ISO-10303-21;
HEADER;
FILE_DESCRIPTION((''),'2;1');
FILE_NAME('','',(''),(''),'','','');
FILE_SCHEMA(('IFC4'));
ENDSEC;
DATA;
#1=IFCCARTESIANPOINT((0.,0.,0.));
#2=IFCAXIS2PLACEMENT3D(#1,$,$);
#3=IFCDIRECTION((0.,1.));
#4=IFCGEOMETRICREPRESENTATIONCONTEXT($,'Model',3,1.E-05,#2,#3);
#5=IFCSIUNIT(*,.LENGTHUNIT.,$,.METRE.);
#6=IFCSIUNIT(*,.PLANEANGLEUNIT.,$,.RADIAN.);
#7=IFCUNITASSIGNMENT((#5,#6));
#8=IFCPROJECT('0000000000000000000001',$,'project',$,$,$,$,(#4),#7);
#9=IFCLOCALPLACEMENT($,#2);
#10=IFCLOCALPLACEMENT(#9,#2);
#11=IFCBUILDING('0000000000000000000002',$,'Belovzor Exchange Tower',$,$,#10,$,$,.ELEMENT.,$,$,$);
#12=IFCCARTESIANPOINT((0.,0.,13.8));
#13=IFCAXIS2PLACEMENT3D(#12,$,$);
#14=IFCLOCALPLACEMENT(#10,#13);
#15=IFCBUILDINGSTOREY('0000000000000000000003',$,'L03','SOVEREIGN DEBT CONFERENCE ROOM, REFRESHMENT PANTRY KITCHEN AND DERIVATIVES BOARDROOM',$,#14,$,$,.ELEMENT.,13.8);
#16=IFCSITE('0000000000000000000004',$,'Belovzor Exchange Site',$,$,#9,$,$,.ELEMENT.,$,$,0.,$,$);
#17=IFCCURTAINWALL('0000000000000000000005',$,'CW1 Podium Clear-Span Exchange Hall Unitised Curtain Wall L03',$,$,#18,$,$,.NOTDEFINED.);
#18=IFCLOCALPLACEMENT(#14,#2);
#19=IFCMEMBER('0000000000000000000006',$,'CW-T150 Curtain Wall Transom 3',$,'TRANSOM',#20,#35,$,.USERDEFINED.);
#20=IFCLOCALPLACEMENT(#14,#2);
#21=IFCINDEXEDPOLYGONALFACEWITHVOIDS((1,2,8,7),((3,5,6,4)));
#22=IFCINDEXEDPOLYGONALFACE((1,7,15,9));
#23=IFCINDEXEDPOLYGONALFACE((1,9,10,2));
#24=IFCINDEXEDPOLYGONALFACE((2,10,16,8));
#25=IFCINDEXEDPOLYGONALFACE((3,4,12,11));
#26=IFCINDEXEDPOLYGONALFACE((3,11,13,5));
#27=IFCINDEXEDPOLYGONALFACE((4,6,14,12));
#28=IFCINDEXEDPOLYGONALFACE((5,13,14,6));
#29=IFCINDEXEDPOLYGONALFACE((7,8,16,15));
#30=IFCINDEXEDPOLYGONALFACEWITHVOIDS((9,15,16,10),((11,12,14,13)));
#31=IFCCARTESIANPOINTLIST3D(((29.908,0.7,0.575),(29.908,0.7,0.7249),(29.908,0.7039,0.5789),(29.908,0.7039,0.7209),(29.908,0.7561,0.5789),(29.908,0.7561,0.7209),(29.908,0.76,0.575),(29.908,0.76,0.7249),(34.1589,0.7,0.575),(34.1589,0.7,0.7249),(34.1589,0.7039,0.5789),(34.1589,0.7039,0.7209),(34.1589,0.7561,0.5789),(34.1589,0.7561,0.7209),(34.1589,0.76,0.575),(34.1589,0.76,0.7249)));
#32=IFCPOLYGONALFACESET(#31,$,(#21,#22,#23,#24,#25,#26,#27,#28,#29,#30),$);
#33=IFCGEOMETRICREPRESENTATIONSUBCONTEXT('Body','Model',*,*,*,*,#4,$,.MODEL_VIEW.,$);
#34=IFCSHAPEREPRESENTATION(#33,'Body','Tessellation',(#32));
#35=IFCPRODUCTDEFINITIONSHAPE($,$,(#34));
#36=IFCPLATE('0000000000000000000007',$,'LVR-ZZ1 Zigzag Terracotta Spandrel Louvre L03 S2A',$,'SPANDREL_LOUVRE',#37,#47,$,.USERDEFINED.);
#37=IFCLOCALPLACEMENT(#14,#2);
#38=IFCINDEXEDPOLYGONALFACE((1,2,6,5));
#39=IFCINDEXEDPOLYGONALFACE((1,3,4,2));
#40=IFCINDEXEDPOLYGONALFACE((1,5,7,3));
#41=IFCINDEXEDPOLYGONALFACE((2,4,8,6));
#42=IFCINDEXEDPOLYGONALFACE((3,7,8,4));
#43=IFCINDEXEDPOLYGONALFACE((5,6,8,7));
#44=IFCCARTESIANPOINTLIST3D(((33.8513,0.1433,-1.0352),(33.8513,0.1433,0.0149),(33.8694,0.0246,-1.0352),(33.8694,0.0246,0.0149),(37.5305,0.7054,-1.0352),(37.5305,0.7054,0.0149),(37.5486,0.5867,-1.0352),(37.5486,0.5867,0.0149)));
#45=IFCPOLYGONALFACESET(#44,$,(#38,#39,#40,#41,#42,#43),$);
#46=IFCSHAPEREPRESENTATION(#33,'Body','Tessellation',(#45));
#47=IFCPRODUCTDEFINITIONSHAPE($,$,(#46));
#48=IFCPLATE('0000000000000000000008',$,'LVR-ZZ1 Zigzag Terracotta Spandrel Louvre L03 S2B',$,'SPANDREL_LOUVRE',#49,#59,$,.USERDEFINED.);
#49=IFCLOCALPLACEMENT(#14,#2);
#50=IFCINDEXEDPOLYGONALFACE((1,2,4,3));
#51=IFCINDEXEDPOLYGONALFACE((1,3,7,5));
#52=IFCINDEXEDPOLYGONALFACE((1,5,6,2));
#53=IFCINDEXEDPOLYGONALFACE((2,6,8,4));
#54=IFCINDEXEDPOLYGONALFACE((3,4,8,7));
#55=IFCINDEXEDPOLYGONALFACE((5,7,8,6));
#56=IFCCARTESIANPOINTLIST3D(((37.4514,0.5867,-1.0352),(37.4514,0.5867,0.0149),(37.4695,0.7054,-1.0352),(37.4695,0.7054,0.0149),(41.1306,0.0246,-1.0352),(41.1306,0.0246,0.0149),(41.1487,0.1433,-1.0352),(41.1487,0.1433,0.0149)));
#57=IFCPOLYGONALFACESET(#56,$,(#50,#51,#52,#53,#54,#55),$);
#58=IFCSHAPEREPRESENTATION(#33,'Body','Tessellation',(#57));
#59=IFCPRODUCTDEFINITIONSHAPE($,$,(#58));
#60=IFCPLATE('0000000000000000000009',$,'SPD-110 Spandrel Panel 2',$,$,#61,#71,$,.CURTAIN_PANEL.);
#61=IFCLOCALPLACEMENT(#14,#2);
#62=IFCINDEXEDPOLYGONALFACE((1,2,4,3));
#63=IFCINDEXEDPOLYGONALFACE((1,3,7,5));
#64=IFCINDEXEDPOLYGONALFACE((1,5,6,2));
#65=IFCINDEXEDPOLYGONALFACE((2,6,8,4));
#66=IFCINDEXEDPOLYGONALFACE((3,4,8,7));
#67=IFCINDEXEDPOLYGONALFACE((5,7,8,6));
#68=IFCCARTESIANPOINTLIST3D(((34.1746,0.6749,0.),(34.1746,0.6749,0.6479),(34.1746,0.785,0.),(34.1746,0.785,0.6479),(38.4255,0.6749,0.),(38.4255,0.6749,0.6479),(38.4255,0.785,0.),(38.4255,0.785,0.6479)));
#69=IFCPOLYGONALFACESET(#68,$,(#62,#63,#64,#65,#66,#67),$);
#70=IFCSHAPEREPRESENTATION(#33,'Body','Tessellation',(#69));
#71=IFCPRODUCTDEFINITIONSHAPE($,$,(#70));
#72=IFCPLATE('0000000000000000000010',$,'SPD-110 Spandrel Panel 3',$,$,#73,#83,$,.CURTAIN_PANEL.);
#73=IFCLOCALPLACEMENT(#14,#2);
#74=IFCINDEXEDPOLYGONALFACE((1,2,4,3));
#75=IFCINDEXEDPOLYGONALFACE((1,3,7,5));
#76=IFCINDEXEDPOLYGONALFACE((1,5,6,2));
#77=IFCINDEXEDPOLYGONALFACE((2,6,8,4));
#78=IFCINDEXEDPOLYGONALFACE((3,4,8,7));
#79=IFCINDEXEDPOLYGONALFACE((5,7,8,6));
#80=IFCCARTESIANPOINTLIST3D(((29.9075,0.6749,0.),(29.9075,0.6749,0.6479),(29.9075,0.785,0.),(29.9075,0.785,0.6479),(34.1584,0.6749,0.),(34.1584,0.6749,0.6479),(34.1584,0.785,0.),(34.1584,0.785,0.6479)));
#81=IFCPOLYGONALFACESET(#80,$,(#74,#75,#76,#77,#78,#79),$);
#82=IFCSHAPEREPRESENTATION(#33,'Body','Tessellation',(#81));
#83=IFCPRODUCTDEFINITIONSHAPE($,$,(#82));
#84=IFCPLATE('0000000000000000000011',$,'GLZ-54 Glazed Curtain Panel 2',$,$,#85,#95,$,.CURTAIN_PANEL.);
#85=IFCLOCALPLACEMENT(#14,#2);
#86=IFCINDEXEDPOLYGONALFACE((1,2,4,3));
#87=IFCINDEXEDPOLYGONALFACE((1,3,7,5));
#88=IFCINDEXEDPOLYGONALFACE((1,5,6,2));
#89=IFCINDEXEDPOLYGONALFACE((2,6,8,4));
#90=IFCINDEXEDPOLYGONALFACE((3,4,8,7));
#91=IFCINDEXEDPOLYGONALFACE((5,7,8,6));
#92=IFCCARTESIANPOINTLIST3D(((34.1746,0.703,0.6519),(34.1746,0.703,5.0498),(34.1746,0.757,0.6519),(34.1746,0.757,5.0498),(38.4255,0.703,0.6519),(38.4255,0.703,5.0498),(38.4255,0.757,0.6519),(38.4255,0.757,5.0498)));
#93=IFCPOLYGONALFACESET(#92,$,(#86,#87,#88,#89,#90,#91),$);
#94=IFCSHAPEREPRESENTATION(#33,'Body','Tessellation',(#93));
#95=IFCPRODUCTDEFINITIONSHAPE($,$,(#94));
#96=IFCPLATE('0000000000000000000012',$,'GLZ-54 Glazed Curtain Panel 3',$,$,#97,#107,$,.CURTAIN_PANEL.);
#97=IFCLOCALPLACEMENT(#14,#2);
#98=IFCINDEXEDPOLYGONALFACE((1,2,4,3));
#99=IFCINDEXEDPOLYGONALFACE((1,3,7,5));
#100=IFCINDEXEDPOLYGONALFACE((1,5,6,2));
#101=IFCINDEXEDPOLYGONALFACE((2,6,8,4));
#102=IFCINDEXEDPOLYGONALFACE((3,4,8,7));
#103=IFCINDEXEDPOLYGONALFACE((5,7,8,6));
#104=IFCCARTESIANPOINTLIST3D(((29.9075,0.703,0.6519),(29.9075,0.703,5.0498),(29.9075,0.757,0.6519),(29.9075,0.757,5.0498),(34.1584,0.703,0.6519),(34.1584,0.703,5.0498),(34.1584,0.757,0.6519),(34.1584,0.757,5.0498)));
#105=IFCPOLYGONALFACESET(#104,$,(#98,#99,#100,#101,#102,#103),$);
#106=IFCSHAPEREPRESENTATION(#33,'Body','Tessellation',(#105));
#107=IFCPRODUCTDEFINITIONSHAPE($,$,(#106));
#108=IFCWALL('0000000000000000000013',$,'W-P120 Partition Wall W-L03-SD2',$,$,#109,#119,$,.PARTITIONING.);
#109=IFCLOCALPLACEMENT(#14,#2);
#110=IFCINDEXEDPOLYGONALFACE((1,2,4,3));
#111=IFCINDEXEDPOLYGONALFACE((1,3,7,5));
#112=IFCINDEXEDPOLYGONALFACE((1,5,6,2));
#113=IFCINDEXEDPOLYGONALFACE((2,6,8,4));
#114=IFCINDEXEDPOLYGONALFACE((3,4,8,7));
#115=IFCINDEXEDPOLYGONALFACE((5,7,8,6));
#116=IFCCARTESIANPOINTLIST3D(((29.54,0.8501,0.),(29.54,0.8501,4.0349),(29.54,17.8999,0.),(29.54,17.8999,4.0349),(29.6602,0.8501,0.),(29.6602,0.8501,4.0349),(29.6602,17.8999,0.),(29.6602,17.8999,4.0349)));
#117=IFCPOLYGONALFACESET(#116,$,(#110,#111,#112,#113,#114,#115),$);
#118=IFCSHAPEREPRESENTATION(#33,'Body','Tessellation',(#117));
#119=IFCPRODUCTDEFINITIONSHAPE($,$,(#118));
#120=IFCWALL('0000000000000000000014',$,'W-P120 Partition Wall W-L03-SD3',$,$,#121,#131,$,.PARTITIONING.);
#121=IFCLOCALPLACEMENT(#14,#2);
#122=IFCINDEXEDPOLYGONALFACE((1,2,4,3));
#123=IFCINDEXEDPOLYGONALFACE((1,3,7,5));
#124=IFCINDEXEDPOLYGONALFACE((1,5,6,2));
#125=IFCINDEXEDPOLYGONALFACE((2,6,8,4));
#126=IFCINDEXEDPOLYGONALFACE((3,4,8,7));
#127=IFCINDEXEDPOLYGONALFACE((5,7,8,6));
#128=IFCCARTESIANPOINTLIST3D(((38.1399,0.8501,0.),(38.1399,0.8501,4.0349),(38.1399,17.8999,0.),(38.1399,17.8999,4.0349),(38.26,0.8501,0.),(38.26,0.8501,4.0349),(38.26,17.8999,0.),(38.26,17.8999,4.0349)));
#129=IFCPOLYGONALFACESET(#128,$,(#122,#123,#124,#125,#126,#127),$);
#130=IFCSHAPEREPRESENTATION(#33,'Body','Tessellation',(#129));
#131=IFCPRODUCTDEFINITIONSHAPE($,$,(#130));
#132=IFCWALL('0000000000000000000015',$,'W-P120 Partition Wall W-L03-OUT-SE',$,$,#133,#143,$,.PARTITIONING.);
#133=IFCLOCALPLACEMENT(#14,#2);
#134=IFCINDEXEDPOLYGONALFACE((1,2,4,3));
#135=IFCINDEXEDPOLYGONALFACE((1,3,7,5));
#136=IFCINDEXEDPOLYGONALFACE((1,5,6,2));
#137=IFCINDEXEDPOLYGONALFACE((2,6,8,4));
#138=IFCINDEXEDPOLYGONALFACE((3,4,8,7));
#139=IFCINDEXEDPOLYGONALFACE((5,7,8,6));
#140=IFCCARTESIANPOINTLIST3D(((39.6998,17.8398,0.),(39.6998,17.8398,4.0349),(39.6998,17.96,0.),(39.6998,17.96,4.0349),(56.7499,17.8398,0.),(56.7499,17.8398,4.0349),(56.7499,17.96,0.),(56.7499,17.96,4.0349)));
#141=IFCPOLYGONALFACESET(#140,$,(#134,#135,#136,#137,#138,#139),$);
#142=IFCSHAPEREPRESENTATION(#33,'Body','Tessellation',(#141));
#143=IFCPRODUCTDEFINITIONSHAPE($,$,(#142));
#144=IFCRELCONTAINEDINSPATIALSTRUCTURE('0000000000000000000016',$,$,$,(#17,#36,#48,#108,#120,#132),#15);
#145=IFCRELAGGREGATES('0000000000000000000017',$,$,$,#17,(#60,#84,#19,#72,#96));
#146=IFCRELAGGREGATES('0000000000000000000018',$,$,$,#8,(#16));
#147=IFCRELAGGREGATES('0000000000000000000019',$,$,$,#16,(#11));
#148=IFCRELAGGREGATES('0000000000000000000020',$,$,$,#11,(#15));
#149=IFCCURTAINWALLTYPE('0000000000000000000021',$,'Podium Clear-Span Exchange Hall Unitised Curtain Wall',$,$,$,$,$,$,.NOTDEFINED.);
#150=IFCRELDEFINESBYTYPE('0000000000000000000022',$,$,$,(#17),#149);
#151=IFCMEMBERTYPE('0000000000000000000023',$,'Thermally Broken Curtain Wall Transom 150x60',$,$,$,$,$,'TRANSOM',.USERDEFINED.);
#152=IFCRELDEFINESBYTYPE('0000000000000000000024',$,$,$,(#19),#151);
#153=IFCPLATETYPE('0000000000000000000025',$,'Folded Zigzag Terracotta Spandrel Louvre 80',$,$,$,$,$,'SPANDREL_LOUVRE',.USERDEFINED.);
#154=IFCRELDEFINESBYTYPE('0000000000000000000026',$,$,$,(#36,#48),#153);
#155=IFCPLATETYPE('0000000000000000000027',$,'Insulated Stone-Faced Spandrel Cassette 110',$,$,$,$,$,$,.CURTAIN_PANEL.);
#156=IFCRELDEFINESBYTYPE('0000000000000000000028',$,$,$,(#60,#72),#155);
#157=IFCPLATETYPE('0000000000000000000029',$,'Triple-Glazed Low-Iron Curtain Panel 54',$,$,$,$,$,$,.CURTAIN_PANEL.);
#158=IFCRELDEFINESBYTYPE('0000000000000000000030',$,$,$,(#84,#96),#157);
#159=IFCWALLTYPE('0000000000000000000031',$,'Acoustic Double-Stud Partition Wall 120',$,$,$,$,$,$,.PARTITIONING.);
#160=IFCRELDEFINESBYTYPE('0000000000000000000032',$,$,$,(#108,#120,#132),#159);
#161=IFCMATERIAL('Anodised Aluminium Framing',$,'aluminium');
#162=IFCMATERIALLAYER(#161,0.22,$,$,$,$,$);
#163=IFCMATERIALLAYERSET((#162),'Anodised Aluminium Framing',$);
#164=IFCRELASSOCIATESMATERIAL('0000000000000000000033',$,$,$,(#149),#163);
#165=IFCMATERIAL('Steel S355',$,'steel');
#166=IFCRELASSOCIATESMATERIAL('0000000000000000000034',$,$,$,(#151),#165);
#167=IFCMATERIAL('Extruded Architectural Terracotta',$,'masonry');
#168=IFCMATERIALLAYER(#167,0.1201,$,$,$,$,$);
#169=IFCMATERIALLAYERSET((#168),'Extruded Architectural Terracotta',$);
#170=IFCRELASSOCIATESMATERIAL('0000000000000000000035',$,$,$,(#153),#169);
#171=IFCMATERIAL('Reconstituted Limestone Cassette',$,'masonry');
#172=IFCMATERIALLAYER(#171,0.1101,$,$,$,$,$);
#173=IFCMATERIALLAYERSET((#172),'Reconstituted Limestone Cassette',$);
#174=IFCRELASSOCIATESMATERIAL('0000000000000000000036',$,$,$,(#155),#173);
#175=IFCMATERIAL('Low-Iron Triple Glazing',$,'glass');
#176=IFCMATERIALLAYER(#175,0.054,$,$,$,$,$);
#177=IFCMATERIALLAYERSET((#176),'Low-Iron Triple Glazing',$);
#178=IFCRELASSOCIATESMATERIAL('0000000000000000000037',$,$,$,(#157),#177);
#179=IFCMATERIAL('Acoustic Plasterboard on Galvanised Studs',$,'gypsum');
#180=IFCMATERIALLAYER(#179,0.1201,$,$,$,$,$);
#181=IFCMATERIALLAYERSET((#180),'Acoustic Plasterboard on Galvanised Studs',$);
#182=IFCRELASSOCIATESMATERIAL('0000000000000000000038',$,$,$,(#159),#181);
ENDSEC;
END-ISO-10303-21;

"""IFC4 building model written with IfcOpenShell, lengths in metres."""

from ifc_helpers import new_model, si_unit, direction, frame, frame_2d, origin, origin_2d, place, context, subcontext, project, spatial, rectangle, hollow_rectangle, extrude, material, layer, layer_set, material_profile, profile_set, type_object, element, aggregate, save


model = new_model("IFC4")

# Units and contexts
model_context = context("Model", 3, precision=1e-05, world=origin(), true_north=direction((0.0, 1.0)))
body_context = subcontext(model_context, "Body", "Model", "MODEL_VIEW")
ifc_project = project(units=[si_unit("LENGTHUNIT", "METRE"), si_unit("PLANEANGLEUNIT", "RADIAN")], contexts=[model_context])

# Site, building, storey
site_placement = place(None, origin())
site = spatial("IfcSite", under=ifc_project, at=site_placement, Name="Belovzor Exchange Site", CompositionType="ELEMENT", RefElevation=0.0)
building_placement = place(site_placement, origin())
building = spatial("IfcBuilding", under=site, at=building_placement, Name="Belovzor Exchange Tower", CompositionType="ELEMENT")
storey_placement = place(building_placement, frame((0.0, 0.0, 13.8)))
storey = spatial("IfcBuildingStorey", under=building, at=storey_placement, Name="L03", Description="SOVEREIGN DEBT CONFERENCE ROOM, REFRESHMENT PANTRY KITCHEN AND DERIVATIVES BOARDROOM", CompositionType="ELEMENT", Elevation=13.8)

# Curtain wall, member
ifc_material_1 = material(Name="Anodised Aluminium Framing", Category="aluminium")
ifc_layer_1 = layer(ifc_material_1, 0.22)
ifc_layer_set_1 = layer_set([ifc_layer_1], Name="Anodised Aluminium Framing")
curtain_wall_type = type_object("IfcCurtainWallType", Name="Podium Clear-Span Exchange Hall Unitised Curtain Wall", PredefinedType="NOTDEFINED", material=ifc_layer_set_1)
curtain_wall_placement = place(storey_placement, origin())
curtain_wall = element("IfcCurtainWall", 1, at=curtain_wall_placement, inside=storey, type_object=curtain_wall_type, Name="CW1 Podium Clear-Span Exchange Hall Unitised Curtain Wall L03", PredefinedType="NOTDEFINED")
ifc_material_2 = material(Name="Steel S355", Category="steel")
ifc_material_profile_1 = material_profile(ifc_material_2, hollow_rectangle(XDim=0.0601, YDim=0.1499, WallThickness=0.0039, at=origin_2d()))
ifc_profile_set_1 = profile_set([ifc_material_profile_1], Name="Steel S355")
member_type_1 = type_object("IfcMemberType", Name="Thermally Broken Curtain Wall Transom 150x60", ElementType="TRANSOM", PredefinedType="USERDEFINED", material=ifc_profile_set_1)
member_1_placement = place(storey_placement, frame((34.1589, 0.73, 0.6499), z_axis=(-1.0, 0.0, 0.0), x_axis=(0.0, -1.0, 0.0)))
member_1 = element("IfcMember", 2, at=member_1_placement, type_object=member_type_1, Name="CW-T150 Curtain Wall Transom 3", ObjectType="TRANSOM", PredefinedType="USERDEFINED", context=body_context, shape_type="SweptSolid", body=[
    extrude(hollow_rectangle(XDim=0.0601, YDim=0.1499, WallThickness=0.0039, at=origin_2d()), origin(), (0.0, 0.0, 1.0), 4.251),
])

# Plates
ifc_material_3 = material(Name="Extruded Architectural Terracotta", Category="masonry")
ifc_layer_2 = layer(ifc_material_3, 0.1201)
ifc_layer_set_2 = layer_set([ifc_layer_2], Name="Extruded Architectural Terracotta")
plate_type_1 = type_object("IfcPlateType", Name="Folded Zigzag Terracotta Spandrel Louvre 80", ElementType="SPANDREL_LOUVRE", PredefinedType="USERDEFINED", material=ifc_layer_set_2)
for number, where, z_axis, x_axis, name in (
    (3, (35.7, 0.365, -1.0352), (0.0, 0.0, 1.0), (0.988531, 0.151019, 0.0), "LVR-ZZ1 Zigzag Terracotta Spandrel Louvre L03 S2A"),
    (4, (39.3, 0.365, -1.0352), (0.0, 0.0, 1.0), (0.988531, -0.151019, 0.0), "LVR-ZZ1 Zigzag Terracotta Spandrel Louvre L03 S2B"),
):
    element("IfcPlate", number, at=place(storey_placement, frame(where, z_axis=z_axis, x_axis=x_axis)), inside=storey, type_object=plate_type_1, Name=name, ObjectType="SPANDREL_LOUVRE", PredefinedType="USERDEFINED", context=body_context, shape_type="SweptSolid", body=[
        extrude(rectangle(XDim=3.7219, YDim=0.1201, at=origin_2d()), origin(), (0.0, 0.0, 1.0), 1.05),
    ])

# Plates
ifc_material_4 = material(Name="Reconstituted Limestone Cassette", Category="masonry")
ifc_layer_3 = layer(ifc_material_4, 0.1101)
ifc_layer_set_3 = layer_set([ifc_layer_3], Name="Reconstituted Limestone Cassette")
plate_type_2 = type_object("IfcPlateType", Name="Insulated Stone-Faced Spandrel Cassette 110", PredefinedType="CURTAIN_PANEL", material=ifc_layer_set_3)
plate_1_placement = place(storey_placement, frame((36.3, 0.73, 0.0), z_axis=(0.0, 0.0, 1.0), x_axis=(-1.0, 0.0, 0.0)))
plate_1 = element("IfcPlate", 5, at=plate_1_placement, type_object=plate_type_2, Name="SPD-110 Spandrel Panel 2", PredefinedType="CURTAIN_PANEL", context=body_context, shape_type="SweptSolid", body=[
    extrude(rectangle(XDim=4.251, YDim=0.1101, at=origin_2d()), origin(), (0.0, 0.0, 1.0), 0.6479),
])
plate_2_placement = place(storey_placement, frame((32.033, 0.73, 0.0), z_axis=(0.0, 0.0, 1.0), x_axis=(-1.0, 0.0, 0.0)))
plate_2 = element("IfcPlate", 6, at=plate_2_placement, type_object=plate_type_2, Name="SPD-110 Spandrel Panel 3", PredefinedType="CURTAIN_PANEL", context=body_context, shape_type="SweptSolid", body=[
    extrude(rectangle(XDim=4.251, YDim=0.1101, at=origin_2d()), origin(), (0.0, 0.0, 1.0), 0.6479),
])
ifc_material_5 = material(Name="Low-Iron Triple Glazing", Category="glass")
ifc_layer_4 = layer(ifc_material_5, 0.054)
ifc_layer_set_4 = layer_set([ifc_layer_4], Name="Low-Iron Triple Glazing")
plate_type_3 = type_object("IfcPlateType", Name="Triple-Glazed Low-Iron Curtain Panel 54", PredefinedType="CURTAIN_PANEL", material=ifc_layer_set_4)
plate_3_placement = place(storey_placement, frame((36.3, 0.73, 0.6519), z_axis=(0.0, 0.0, 1.0), x_axis=(-1.0, 0.0, 0.0)))
plate_3 = element("IfcPlate", 7, at=plate_3_placement, type_object=plate_type_3, Name="GLZ-54 Glazed Curtain Panel 2", PredefinedType="CURTAIN_PANEL", context=body_context, shape_type="SweptSolid", body=[
    extrude(rectangle(XDim=4.251, YDim=0.054, at=origin_2d()), origin(), (0.0, 0.0, 1.0), 4.3979),
])
plate_4_placement = place(storey_placement, frame((32.033, 0.73, 0.6519), z_axis=(0.0, 0.0, 1.0), x_axis=(-1.0, 0.0, 0.0)))
plate_4 = element("IfcPlate", 8, at=plate_4_placement, type_object=plate_type_3, Name="GLZ-54 Glazed Curtain Panel 3", PredefinedType="CURTAIN_PANEL", context=body_context, shape_type="SweptSolid", body=[
    extrude(rectangle(XDim=4.251, YDim=0.054, at=origin_2d()), origin(), (0.0, 0.0, 1.0), 4.3979),
])
aggregate(curtain_wall, [plate_1, plate_3, member_1, plate_2, plate_4])

# Walls
ifc_material_6 = material(Name="Acoustic Plasterboard on Galvanised Studs", Category="gypsum")
ifc_layer_5 = layer(ifc_material_6, 0.1201)
ifc_layer_set_5 = layer_set([ifc_layer_5], Name="Acoustic Plasterboard on Galvanised Studs")
wall_type_1 = type_object("IfcWallType", Name="Acoustic Double-Stud Partition Wall 120", PredefinedType="PARTITIONING", material=ifc_layer_set_5)
for number, where, z_axis, x_axis, name in (
    (9, (29.6001, 0.8501, 0.0), (0.0, 0.0, 1.0), (0.0, 1.0, 0.0), "W-P120 Partition Wall W-L03-SD2"),
    (10, (38.2, 0.8501, 0.0), (0.0, 0.0, 1.0), (0.0, 1.0, 0.0), "W-P120 Partition Wall W-L03-SD3"),
):
    element("IfcWall", number, at=place(storey_placement, frame(where, z_axis=z_axis, x_axis=x_axis)), inside=storey, type_object=wall_type_1, Name=name, PredefinedType="PARTITIONING", context=body_context, shape_type="SweptSolid", body=[
        extrude(rectangle(XDim=17.0498, YDim=0.1201, at=frame_2d((8.5249, 0.0))), origin(), (0.0, 0.0, 1.0), 4.0349),
    ])
wall_1_placement = place(storey_placement, frame((39.7, 17.8999, 0.0), z_axis=(0.0, 0.0, 1.0), x_axis=(1.0, 0.0, 0.0)))
element("IfcWall", 11, at=wall_1_placement, inside=storey, type_object=wall_type_1, Name="W-P120 Partition Wall W-L03-OUT-SE", PredefinedType="PARTITIONING", context=body_context, shape_type="SweptSolid", body=[
    extrude(rectangle(XDim=17.05, YDim=0.1201, at=frame_2d((8.5249, 0.0))), origin(), (0.0, 0.0, 1.0), 4.0349),
])

save(model, "model.ifc")
